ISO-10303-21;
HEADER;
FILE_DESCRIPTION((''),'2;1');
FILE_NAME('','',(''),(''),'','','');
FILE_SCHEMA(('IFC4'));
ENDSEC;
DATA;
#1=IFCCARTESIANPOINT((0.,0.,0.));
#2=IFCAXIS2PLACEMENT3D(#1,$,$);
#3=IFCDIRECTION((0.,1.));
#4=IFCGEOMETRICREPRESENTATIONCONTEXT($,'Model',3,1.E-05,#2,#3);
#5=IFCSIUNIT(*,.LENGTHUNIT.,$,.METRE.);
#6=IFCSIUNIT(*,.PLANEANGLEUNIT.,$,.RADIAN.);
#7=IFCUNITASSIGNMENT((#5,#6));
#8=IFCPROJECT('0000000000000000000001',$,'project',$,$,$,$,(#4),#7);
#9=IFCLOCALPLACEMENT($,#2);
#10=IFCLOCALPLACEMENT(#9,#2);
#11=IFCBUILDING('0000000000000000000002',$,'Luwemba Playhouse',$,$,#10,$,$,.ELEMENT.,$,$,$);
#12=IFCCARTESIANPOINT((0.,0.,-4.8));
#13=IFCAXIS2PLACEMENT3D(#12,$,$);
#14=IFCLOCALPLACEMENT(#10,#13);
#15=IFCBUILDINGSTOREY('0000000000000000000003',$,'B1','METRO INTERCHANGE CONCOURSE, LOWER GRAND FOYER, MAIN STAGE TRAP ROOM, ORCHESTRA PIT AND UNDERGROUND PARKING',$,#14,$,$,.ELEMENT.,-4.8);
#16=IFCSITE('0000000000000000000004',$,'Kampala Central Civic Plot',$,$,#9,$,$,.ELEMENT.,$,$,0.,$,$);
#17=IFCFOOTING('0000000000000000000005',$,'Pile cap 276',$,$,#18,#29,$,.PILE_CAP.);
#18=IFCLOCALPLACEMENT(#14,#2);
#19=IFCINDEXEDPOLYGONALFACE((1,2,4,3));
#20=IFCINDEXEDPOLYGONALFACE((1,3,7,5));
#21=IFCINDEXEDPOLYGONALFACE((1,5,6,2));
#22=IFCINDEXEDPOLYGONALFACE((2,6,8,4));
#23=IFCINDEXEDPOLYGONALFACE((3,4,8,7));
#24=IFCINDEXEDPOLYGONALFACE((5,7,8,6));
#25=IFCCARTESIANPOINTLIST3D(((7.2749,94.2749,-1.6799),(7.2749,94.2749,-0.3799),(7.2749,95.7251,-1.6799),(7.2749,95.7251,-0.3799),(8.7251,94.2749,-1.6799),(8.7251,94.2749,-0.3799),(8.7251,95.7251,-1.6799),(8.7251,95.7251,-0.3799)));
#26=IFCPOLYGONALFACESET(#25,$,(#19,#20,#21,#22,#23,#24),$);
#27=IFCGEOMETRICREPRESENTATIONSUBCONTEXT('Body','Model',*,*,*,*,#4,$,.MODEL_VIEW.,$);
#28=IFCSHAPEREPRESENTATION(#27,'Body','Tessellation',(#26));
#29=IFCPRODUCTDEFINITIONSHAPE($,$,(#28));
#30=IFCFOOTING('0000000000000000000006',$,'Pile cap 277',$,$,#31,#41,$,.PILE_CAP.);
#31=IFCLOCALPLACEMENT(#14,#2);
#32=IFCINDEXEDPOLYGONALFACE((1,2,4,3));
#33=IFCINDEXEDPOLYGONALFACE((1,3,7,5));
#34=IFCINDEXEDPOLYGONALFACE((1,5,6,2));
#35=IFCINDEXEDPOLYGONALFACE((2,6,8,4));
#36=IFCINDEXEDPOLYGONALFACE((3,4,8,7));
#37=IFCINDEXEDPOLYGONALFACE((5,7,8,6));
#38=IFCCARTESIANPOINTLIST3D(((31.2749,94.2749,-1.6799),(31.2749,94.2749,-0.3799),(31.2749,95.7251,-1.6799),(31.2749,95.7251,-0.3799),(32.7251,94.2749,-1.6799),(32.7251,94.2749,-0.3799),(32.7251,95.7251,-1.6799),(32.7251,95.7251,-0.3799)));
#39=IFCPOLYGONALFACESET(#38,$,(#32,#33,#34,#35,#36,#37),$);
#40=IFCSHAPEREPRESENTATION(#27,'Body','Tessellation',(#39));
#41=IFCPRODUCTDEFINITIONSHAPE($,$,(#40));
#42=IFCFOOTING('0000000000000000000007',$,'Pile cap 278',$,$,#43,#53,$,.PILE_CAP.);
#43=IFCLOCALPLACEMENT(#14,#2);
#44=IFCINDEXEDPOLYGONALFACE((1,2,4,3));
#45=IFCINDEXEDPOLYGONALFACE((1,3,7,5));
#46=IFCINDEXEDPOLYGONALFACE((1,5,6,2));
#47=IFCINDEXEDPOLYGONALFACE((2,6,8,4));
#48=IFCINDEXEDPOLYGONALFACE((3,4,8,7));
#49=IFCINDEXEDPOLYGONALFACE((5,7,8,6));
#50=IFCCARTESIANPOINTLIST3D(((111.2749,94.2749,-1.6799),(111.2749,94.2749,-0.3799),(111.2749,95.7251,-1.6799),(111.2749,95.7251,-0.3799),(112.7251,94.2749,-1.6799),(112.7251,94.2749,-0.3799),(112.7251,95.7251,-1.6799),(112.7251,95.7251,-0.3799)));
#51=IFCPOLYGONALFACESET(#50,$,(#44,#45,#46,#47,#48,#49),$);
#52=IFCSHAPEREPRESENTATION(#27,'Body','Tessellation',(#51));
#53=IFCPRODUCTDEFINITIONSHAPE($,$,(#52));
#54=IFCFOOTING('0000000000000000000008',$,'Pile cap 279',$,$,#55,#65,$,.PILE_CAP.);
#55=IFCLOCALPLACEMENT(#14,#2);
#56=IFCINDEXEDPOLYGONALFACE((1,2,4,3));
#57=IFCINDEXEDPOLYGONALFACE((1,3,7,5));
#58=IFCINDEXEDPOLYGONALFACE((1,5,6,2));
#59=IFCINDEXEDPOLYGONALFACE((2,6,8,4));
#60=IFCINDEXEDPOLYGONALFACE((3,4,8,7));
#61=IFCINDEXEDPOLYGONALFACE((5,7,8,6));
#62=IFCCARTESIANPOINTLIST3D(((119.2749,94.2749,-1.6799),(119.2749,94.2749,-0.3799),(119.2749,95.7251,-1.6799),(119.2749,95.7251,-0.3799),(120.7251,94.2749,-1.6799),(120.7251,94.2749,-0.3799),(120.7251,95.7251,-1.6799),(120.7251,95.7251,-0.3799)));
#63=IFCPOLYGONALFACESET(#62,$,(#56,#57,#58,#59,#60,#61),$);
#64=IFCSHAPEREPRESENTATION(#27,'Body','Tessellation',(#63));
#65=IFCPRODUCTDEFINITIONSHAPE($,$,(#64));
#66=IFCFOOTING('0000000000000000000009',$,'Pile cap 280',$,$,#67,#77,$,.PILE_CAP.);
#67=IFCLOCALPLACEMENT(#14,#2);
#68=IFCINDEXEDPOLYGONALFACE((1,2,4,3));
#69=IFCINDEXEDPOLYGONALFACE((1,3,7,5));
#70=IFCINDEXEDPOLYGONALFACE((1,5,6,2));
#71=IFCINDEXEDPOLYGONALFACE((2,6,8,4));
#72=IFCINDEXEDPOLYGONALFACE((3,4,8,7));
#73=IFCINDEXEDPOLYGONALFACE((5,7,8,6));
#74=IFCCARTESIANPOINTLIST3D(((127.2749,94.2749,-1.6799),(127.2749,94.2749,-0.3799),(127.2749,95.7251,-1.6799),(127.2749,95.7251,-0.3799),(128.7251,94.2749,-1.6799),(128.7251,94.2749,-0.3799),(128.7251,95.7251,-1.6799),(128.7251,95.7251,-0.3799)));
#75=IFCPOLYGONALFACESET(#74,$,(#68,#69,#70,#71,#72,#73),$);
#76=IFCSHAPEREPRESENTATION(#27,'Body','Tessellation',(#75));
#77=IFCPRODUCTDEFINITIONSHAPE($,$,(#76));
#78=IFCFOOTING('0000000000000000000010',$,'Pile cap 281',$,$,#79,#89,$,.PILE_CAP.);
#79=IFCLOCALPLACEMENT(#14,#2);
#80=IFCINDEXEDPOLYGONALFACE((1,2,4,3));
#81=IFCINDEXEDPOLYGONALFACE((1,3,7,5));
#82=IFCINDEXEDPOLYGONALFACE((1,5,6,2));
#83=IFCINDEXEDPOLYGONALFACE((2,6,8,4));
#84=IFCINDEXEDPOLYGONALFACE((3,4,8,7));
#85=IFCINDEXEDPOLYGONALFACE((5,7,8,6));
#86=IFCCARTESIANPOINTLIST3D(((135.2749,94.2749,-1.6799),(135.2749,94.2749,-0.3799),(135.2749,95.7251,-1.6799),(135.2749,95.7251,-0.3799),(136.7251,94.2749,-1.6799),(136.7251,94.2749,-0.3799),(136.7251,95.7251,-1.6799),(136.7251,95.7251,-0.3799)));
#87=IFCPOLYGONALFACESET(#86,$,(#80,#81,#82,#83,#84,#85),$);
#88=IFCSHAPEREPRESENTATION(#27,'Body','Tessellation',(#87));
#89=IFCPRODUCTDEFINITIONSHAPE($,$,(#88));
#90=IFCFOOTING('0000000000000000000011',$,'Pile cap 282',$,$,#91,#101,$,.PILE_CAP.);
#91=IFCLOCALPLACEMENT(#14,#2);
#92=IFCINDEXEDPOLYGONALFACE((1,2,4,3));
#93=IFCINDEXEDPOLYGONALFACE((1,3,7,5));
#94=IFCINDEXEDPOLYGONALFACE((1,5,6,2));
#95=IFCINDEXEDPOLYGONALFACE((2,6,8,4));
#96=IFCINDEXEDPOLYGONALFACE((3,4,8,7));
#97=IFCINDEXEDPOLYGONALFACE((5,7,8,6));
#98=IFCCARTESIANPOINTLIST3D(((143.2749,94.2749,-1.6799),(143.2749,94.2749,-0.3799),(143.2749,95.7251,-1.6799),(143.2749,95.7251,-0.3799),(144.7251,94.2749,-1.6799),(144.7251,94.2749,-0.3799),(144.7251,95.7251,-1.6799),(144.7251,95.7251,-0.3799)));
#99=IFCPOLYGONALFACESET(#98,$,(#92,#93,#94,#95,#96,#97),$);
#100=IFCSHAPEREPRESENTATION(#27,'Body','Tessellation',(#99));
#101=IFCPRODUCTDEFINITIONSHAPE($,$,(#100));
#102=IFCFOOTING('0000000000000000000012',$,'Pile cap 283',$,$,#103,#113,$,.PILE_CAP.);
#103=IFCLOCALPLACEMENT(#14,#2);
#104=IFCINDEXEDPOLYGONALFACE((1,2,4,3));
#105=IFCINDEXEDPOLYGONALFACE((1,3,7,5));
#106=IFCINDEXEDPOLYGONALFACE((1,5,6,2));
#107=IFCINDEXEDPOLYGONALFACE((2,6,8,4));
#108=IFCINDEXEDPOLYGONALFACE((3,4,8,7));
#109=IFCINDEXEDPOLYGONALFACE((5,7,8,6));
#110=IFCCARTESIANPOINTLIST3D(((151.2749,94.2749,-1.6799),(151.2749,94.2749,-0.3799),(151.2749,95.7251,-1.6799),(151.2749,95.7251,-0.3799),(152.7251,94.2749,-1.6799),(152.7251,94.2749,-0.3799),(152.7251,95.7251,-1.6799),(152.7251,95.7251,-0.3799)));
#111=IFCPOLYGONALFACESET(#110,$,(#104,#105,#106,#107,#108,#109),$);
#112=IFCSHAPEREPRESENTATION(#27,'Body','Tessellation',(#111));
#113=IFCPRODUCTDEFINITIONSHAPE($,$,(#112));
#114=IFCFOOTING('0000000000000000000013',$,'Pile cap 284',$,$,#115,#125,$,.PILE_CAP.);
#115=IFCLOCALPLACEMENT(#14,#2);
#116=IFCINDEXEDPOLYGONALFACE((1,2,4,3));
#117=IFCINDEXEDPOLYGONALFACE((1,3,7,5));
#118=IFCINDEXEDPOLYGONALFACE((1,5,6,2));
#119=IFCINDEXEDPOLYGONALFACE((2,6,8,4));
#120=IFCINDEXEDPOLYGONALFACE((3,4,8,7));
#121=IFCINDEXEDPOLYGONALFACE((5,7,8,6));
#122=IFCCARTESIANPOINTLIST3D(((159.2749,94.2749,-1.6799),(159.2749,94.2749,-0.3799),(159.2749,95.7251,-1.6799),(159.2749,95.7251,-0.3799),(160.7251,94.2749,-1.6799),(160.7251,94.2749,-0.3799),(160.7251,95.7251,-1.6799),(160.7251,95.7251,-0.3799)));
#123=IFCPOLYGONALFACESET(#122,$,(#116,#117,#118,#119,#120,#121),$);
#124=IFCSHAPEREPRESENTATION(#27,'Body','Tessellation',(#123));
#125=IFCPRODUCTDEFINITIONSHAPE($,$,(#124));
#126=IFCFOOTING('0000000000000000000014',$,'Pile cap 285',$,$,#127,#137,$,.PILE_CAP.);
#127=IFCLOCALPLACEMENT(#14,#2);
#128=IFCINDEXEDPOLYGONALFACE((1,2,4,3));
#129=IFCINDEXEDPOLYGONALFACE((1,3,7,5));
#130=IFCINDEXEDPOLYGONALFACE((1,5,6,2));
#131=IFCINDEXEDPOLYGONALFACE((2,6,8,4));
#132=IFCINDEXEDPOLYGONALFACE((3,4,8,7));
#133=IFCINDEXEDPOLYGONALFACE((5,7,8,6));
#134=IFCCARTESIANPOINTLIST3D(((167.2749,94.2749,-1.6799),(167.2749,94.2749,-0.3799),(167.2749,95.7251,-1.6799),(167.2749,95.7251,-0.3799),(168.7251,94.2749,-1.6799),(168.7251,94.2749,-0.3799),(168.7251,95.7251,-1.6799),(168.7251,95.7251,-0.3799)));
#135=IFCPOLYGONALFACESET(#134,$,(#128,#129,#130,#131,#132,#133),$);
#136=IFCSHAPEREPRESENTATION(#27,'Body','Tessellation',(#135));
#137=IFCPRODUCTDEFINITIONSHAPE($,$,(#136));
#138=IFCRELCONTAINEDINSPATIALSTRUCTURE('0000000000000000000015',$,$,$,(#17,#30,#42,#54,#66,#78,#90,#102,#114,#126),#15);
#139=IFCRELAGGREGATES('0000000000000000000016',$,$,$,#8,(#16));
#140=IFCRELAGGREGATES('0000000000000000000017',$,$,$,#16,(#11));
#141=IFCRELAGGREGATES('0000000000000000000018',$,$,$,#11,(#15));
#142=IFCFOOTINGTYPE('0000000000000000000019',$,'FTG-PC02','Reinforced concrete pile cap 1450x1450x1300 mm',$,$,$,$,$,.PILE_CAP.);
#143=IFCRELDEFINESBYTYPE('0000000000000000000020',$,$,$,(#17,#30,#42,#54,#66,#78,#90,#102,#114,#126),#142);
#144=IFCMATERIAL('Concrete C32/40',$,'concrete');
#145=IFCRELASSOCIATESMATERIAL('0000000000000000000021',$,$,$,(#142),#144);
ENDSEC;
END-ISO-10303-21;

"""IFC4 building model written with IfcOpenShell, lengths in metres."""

from ifc_helpers import new_model, si_unit, direction, frame, origin, place, context, subcontext, project, spatial, polyline, outline, extrude, material, type_object, element, save


model = new_model("IFC4")

# Units and contexts
model_context = context("Model", 3, precision=1e-05, world=origin(), true_north=direction((0.0, 1.0)))
body_context = subcontext(model_context, "Body", "Model", "MODEL_VIEW")
ifc_project = project(units=[si_unit("LENGTHUNIT", "METRE"), si_unit("PLANEANGLEUNIT", "RADIAN")], contexts=[model_context])

# Site, building, storey
site_placement = place(None, origin())
site = spatial("IfcSite", under=ifc_project, at=site_placement, Name="Kampala Central Civic Plot", CompositionType="ELEMENT", RefElevation=0.0)
building_placement = place(site_placement, origin())
building = spatial("IfcBuilding", under=site, at=building_placement, Name="Luwemba Playhouse", CompositionType="ELEMENT")
storey_placement = place(building_placement, frame((0.0, 0.0, -4.8)))
storey = spatial("IfcBuildingStorey", under=building, at=storey_placement, Name="B1", Description="METRO INTERCHANGE CONCOURSE, LOWER GRAND FOYER, MAIN STAGE TRAP ROOM, ORCHESTRA PIT AND UNDERGROUND PARKING", CompositionType="ELEMENT", Elevation=-4.8)

# Footings
ifc_material = material(Name="Concrete C32/40", Category="concrete")
footing_type = type_object("IfcFootingType", Name="FTG-PC02", Description="Reinforced concrete pile cap 1450x1450x1300 mm", PredefinedType="PILE_CAP", material=ifc_material)
footing_1_placement = place(storey_placement, frame((0.0, 0.0, -1.6799)))
element("IfcFooting", 1, at=footing_1_placement, inside=storey, type_object=footing_type, Name="Pile cap 276", PredefinedType="PILE_CAP", context=body_context, shape_type="SweptSolid", body=[
    extrude(outline(polyline([(7.2749, 94.2749), (8.7251, 94.2749), (8.7251, 95.7251), (7.2749, 95.7251), (7.2749, 94.2749)])), origin(), (0.0, 0.0, 1.0), 1.3),
])
footing_2_placement = place(storey_placement, frame((0.0, 0.0, -1.6799)))
element("IfcFooting", 2, at=footing_2_placement, inside=storey, type_object=footing_type, Name="Pile cap 277", PredefinedType="PILE_CAP", context=body_context, shape_type="SweptSolid", body=[
    extrude(outline(polyline([(31.2749, 94.2749), (32.7251, 94.2749), (32.7251, 95.7251), (31.2749, 95.7251), (31.2749, 94.2749)])), origin(), (0.0, 0.0, 1.0), 1.3),
])
footing_3_placement = place(storey_placement, frame((0.0, 0.0, -1.6799)))
element("IfcFooting", 3, at=footing_3_placement, inside=storey, type_object=footing_type, Name="Pile cap 278", PredefinedType="PILE_CAP", context=body_context, shape_type="SweptSolid", body=[
    extrude(outline(polyline([(111.2749, 94.2749), (112.7251, 94.2749), (112.7251, 95.7251), (111.2749, 95.7251), (111.2749, 94.2749)])), origin(), (0.0, 0.0, 1.0), 1.3),
])
footing_4_placement = place(storey_placement, frame((0.0, 0.0, -1.6799)))
element("IfcFooting", 4, at=footing_4_placement, inside=storey, type_object=footing_type, Name="Pile cap 279", PredefinedType="PILE_CAP", context=body_context, shape_type="SweptSolid", body=[
    extrude(outline(polyline([(119.2749, 94.2749), (120.7251, 94.2749), (120.7251, 95.7251), (119.2749, 95.7251), (119.2749, 94.2749)])), origin(), (0.0, 0.0, 1.0), 1.3),
])
footing_5_placement = place(storey_placement, frame((0.0, 0.0, -1.6799)))
element("IfcFooting", 5, at=footing_5_placement, inside=storey, type_object=footing_type, Name="Pile cap 280", PredefinedType="PILE_CAP", context=body_context, shape_type="SweptSolid", body=[
    extrude(outline(polyline([(127.2749, 94.2749), (128.7251, 94.2749), (128.7251, 95.7251), (127.2749, 95.7251), (127.2749, 94.2749)])), origin(), (0.0, 0.0, 1.0), 1.3),
])
footing_6_placement = place(storey_placement, frame((0.0, 0.0, -1.6799)))
element("IfcFooting", 6, at=footing_6_placement, inside=storey, type_object=footing_type, Name="Pile cap 281", PredefinedType="PILE_CAP", context=body_context, shape_type="SweptSolid", body=[
    extrude(outline(polyline([(135.2749, 94.2749), (136.7251, 94.2749), (136.7251, 95.7251), (135.2749, 95.7251), (135.2749, 94.2749)])), origin(), (0.0, 0.0, 1.0), 1.3),
])
footing_7_placement = place(storey_placement, frame((0.0, 0.0, -1.6799)))
element("IfcFooting", 7, at=footing_7_placement, inside=storey, type_object=footing_type, Name="Pile cap 282", PredefinedType="PILE_CAP", context=body_context, shape_type="SweptSolid", body=[
    extrude(outline(polyline([(143.2749, 94.2749), (144.7251, 94.2749), (144.7251, 95.7251), (143.2749, 95.7251), (143.2749, 94.2749)])), origin(), (0.0, 0.0, 1.0), 1.3),
])
footing_8_placement = place(storey_placement, frame((0.0, 0.0, -1.6799)))
element("IfcFooting", 8, at=footing_8_placement, inside=storey, type_object=footing_type, Name="Pile cap 283", PredefinedType="PILE_CAP", context=body_context, shape_type="SweptSolid", body=[
    extrude(outline(polyline([(151.2749, 94.2749), (152.7251, 94.2749), (152.7251, 95.7251), (151.2749, 95.7251), (151.2749, 94.2749)])), origin(), (0.0, 0.0, 1.0), 1.3),
])
footing_9_placement = place(storey_placement, frame((0.0, 0.0, -1.6799)))
element("IfcFooting", 9, at=footing_9_placement, inside=storey, type_object=footing_type, Name="Pile cap 284", PredefinedType="PILE_CAP", context=body_context, shape_type="SweptSolid", body=[
    extrude(outline(polyline([(159.2749, 94.2749), (160.7251, 94.2749), (160.7251, 95.7251), (159.2749, 95.7251), (159.2749, 94.2749)])), origin(), (0.0, 0.0, 1.0), 1.3),
])
footing_10_placement = place(storey_placement, frame((0.0, 0.0, -1.6799)))
element("IfcFooting", 10, at=footing_10_placement, inside=storey, type_object=footing_type, Name="Pile cap 285", PredefinedType="PILE_CAP", context=body_context, shape_type="SweptSolid", body=[
    extrude(outline(polyline([(167.2749, 94.2749), (168.7251, 94.2749), (168.7251, 95.7251), (167.2749, 95.7251), (167.2749, 94.2749)])), origin(), (0.0, 0.0, 1.0), 1.3),
])

save(model, "model.ifc")
